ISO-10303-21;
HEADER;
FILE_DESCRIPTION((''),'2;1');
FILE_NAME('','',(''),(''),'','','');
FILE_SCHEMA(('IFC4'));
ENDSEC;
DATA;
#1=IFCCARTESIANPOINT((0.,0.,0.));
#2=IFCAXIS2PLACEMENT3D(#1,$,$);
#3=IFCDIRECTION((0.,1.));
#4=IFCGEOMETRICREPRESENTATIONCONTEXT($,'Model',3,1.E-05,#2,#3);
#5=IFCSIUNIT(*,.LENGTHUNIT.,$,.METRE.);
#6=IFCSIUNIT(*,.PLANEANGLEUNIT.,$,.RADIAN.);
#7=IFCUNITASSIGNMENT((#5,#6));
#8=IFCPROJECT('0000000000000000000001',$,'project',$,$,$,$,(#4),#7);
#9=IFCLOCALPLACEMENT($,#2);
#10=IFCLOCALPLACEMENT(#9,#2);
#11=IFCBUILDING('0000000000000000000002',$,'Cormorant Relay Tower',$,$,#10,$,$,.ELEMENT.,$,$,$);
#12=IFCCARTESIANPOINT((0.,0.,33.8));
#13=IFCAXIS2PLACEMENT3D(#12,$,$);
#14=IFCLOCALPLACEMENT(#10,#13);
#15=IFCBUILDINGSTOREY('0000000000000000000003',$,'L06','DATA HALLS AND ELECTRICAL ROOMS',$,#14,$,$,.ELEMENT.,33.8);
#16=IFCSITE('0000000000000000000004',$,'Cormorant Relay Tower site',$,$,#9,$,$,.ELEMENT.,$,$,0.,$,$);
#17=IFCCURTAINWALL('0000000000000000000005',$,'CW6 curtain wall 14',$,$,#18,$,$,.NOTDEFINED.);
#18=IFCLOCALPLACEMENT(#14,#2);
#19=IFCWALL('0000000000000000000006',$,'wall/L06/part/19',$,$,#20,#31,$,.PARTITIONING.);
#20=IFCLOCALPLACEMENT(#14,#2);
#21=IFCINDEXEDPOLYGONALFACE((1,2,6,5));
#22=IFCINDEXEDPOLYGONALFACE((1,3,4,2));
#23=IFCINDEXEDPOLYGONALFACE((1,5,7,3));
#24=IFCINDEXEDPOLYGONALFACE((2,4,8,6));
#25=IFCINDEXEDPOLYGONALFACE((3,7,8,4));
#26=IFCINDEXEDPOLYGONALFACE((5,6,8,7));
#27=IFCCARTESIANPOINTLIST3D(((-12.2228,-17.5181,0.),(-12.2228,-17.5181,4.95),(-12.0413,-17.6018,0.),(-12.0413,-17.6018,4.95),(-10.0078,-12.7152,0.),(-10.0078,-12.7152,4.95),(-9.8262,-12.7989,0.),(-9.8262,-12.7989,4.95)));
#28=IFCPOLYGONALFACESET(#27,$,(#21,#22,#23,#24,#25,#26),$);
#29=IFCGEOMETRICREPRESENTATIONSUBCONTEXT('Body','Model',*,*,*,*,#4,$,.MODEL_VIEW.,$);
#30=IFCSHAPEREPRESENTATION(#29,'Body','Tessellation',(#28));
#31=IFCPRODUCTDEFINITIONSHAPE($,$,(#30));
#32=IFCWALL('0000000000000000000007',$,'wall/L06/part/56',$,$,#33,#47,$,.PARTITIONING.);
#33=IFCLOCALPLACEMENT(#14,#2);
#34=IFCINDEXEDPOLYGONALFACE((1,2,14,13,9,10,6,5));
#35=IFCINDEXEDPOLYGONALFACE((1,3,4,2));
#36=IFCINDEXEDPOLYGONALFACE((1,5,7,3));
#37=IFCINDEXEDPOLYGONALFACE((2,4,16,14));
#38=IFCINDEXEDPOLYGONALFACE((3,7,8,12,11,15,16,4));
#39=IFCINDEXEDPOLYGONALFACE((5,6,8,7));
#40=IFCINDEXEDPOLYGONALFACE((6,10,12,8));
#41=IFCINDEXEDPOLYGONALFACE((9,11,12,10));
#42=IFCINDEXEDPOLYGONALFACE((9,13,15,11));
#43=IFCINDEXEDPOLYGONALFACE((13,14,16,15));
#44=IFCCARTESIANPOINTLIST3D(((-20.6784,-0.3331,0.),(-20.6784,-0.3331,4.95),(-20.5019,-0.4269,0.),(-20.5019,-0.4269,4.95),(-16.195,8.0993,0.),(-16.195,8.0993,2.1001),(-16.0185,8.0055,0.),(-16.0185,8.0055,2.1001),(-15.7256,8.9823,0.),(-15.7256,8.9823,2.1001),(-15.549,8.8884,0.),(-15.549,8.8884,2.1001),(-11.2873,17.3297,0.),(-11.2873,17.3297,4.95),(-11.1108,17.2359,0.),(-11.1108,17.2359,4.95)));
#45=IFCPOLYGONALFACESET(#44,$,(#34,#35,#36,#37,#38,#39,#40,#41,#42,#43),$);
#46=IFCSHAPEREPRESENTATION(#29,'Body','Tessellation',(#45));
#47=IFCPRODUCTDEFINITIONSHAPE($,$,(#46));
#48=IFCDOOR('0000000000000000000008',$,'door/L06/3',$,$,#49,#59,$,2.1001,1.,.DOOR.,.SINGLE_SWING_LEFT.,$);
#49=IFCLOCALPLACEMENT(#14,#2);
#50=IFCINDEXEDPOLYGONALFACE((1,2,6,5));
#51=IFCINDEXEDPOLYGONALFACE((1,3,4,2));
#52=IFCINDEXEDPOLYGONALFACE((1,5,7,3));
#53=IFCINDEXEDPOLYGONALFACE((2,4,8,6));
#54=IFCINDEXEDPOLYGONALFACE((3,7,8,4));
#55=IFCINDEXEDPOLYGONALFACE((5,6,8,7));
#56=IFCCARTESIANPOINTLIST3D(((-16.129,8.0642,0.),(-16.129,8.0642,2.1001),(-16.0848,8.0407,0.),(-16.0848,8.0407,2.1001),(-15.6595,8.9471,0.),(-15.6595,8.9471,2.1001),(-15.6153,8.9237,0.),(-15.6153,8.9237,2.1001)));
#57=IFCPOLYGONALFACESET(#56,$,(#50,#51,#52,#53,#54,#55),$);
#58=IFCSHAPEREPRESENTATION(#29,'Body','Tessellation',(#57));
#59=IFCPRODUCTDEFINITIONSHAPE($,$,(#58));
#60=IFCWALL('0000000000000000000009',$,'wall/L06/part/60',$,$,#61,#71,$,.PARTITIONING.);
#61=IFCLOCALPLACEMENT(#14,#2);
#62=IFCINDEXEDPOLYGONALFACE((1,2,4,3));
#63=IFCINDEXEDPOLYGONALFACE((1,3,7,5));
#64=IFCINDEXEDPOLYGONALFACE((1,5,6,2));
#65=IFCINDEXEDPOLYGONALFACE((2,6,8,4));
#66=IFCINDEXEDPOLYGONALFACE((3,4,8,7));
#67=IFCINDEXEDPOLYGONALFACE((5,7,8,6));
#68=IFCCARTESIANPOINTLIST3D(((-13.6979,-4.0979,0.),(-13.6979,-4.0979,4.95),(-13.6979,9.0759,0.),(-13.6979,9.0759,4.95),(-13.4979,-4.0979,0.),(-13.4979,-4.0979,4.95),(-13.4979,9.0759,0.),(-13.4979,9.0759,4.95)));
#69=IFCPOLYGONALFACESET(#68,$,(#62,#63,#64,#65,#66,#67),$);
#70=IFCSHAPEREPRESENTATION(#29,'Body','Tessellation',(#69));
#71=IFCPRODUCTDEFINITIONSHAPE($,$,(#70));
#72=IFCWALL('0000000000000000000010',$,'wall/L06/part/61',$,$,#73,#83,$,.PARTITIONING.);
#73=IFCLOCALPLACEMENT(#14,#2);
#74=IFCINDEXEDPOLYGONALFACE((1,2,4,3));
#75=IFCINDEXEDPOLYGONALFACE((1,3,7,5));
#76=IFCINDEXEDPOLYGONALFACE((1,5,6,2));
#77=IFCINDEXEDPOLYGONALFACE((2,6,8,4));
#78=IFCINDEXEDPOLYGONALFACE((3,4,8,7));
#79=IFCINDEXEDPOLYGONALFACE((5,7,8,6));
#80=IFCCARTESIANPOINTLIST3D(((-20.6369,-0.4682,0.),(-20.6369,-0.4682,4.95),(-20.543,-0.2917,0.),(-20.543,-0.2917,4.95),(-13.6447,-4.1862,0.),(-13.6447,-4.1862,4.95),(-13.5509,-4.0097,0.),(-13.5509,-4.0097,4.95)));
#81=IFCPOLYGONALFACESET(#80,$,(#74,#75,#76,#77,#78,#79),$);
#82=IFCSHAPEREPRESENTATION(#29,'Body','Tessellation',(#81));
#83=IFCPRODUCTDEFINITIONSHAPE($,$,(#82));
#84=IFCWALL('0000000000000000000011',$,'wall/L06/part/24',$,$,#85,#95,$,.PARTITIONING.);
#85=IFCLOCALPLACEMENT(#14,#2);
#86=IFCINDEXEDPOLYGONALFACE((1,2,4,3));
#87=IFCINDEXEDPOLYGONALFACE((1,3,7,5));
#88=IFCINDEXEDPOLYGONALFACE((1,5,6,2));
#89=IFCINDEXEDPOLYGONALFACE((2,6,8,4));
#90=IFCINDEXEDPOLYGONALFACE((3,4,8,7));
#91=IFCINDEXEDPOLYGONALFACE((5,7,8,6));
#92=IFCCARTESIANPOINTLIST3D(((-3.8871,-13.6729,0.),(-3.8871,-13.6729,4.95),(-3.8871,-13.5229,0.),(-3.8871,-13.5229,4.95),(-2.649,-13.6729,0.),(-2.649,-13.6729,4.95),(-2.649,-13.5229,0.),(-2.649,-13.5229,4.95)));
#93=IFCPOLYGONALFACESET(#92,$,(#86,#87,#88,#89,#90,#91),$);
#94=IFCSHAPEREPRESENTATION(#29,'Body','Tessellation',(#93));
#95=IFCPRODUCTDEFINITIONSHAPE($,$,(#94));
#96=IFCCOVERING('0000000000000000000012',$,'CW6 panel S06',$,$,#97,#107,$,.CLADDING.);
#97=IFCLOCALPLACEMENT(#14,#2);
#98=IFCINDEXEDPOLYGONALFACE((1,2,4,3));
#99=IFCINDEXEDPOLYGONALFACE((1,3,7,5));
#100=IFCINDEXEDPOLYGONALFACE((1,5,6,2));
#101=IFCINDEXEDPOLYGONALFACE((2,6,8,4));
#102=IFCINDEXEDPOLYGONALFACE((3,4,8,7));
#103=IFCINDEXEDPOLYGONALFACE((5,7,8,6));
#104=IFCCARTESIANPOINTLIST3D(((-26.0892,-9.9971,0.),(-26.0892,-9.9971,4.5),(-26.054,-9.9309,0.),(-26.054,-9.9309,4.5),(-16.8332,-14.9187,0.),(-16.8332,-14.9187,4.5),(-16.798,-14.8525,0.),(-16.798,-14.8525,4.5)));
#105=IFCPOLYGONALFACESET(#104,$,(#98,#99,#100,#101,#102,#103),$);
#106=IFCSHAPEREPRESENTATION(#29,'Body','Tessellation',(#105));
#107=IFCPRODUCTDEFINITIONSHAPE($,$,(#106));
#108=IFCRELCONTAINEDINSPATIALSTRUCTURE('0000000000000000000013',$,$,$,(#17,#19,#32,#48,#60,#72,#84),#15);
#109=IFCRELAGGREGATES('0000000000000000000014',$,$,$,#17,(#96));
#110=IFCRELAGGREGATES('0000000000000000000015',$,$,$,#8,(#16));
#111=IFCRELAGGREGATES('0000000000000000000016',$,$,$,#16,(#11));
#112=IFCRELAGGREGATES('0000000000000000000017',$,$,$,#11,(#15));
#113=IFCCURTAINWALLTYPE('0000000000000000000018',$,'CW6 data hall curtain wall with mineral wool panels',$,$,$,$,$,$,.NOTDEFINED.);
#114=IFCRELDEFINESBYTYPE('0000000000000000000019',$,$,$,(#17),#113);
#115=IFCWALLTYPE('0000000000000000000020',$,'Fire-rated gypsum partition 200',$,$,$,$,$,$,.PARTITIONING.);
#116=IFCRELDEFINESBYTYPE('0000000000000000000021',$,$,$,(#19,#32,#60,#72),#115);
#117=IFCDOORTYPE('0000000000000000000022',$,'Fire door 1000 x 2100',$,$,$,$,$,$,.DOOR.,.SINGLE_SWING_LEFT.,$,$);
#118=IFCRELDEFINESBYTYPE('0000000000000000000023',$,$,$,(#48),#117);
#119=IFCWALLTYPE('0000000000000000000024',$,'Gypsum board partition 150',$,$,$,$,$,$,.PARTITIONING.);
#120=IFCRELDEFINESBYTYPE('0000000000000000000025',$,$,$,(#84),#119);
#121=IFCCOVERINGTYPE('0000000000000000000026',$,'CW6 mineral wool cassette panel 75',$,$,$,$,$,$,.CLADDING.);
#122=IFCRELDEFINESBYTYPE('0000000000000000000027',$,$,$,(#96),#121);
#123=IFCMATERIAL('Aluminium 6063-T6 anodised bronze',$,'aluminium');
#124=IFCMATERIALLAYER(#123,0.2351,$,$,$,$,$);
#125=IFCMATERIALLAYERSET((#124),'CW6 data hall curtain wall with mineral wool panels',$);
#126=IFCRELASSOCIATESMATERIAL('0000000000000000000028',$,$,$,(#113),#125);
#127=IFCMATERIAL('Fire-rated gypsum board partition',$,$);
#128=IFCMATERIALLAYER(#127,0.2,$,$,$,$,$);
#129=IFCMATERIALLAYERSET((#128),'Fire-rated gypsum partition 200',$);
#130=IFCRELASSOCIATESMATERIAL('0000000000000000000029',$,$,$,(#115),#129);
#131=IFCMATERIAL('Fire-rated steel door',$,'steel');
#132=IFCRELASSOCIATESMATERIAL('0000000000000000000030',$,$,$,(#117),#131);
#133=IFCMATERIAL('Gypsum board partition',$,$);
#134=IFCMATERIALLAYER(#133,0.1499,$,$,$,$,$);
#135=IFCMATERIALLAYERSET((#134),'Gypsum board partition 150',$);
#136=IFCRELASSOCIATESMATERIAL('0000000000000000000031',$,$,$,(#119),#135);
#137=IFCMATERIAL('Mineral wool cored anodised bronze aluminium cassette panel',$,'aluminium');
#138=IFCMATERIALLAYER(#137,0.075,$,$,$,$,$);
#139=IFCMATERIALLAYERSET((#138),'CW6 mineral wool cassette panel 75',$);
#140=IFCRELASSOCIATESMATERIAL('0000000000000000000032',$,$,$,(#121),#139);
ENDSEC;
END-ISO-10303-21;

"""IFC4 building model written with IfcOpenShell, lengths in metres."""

from ifc_helpers import new_model, si_unit, direction, frame, frame_2d, origin, origin_2d, place, context, subcontext, project, spatial, rectangle, extrude, material, layer, layer_set, type_object, element, fill, aggregate, save


model = new_model("IFC4")

# Units and contexts
model_context = context("Model", 3, precision=1e-05, world=origin(), true_north=direction((0.0, 1.0)))
body_context = subcontext(model_context, "Body", "Model", "MODEL_VIEW")
ifc_project = project(units=[si_unit("LENGTHUNIT", "METRE"), si_unit("PLANEANGLEUNIT", "RADIAN")], contexts=[model_context])

# Site, building, storey
site_placement = place(None, origin())
site = spatial("IfcSite", under=ifc_project, at=site_placement, Name="Cormorant Relay Tower site", CompositionType="ELEMENT", RefElevation=0.0)
building_placement = place(site_placement, origin())
building = spatial("IfcBuilding", under=site, at=building_placement, Name="Cormorant Relay Tower", CompositionType="ELEMENT")
storey_placement = place(building_placement, frame((0.0, 0.0, 33.8)))
storey = spatial("IfcBuildingStorey", under=building, at=storey_placement, Name="L06", Description="DATA HALLS AND ELECTRICAL ROOMS", CompositionType="ELEMENT", Elevation=33.8)

# Curtain wall
ifc_material_1 = material(Name="Aluminium 6063-T6 anodised bronze", Category="aluminium")
ifc_layer_1 = layer(ifc_material_1, 0.2351)
ifc_layer_set_1 = layer_set([ifc_layer_1], Name="CW6 data hall curtain wall with mineral wool panels")
curtain_wall_type = type_object("IfcCurtainWallType", Name="CW6 data hall curtain wall with mineral wool panels", PredefinedType="NOTDEFINED", material=ifc_layer_set_1)
curtain_wall_placement = place(storey_placement, origin())
curtain_wall = element("IfcCurtainWall", 1, at=curtain_wall_placement, inside=storey, type_object=curtain_wall_type, Name="CW6 curtain wall 14", PredefinedType="NOTDEFINED")

# Shared definitions
ifc_material_2 = material(Name="Fire-rated gypsum board partition")
ifc_layer_2 = layer(ifc_material_2, 0.2)
ifc_layer_set_2 = layer_set([ifc_layer_2], Name="Fire-rated gypsum partition 200")
wall_type_1 = type_object("IfcWallType", Name="Fire-rated gypsum partition 200", PredefinedType="PARTITIONING", material=ifc_layer_set_2)
ifc_material_3 = material(Name="Fire-rated steel door", Category="steel")
door_type_1 = type_object("IfcDoorType", Name="Fire door 1000 x 2100", OperationType="SINGLE_SWING_LEFT", PredefinedType="DOOR", material=ifc_material_3)

# Wall
wall_1_placement = place(storey_placement, frame((-9.917, -12.7571, 0.0), z_axis=(0.0, 0.0, 1.0), x_axis=(-0.418798, -0.90808, 0.0)))
element("IfcWall", 2, at=wall_1_placement, inside=storey, type_object=wall_type_1, Name="wall/L06/part/19", PredefinedType="PARTITIONING", context=body_context, shape_type="SweptSolid", body=[
    extrude(rectangle(XDim=5.2891, YDim=0.2, at=frame_2d((2.6445, 0.0))), origin(), (0.0, 0.0, 1.0), 4.95),
])

# Wall, opening, door
wall_2_placement = place(storey_placement, frame((-20.5901, -0.3799, 0.0), z_axis=(0.0, 0.0, 1.0), x_axis=(0.469457, 0.882956, 0.0)))
wall_2 = element("IfcWall", 3, at=wall_2_placement, inside=storey, type_object=wall_type_1, Name="wall/L06/part/56", PredefinedType="PARTITIONING", context=body_context, shape_type="SweptSolid", body=[
    extrude(rectangle(XDim=20.0042, YDim=0.2, at=frame_2d((10.002, 0.0))), origin(), (0.0, 0.0, 1.0), 4.95),
])
opening_1_placement = place(wall_2_placement, frame((9.55, 0.0, 0.0)))
opening_1 = element("IfcOpeningElement", 4, at=opening_1_placement, cuts=wall_2, PredefinedType="OPENING", context=body_context, shape_type="SweptSolid", body=[
    extrude(rectangle(XDim=1.0, YDim=2.1001, at=frame_2d((0.5, 1.05))), frame((0.0, 0.1099, 0.0), z_axis=(0.0, -1.0, 0.0), x_axis=(1.0, 0.0, 0.0)), (0.0, 0.0, 1.0), 0.22),
])
door_1_placement = place(opening_1_placement, frame((1.0, 0.0, 0.0), z_axis=(0.0, 0.0, 1.0), x_axis=(-1.0, 0.0, 0.0)))
door_1 = element("IfcDoor", 5, at=door_1_placement, inside=storey, type_object=door_type_1, Name="door/L06/3", OperationType="SINGLE_SWING_LEFT", OverallHeight=2.1001, OverallWidth=1.0, PredefinedType="DOOR", context=body_context, shape_type="SweptSolid", body=[
    extrude(rectangle(XDim=1.0, YDim=2.1001, at=frame_2d((0.5, 1.05))), frame((0.0, 0.0249, 0.0), z_axis=(0.0, -1.0, 0.0), x_axis=(1.0, 0.0, 0.0)), (0.0, 0.0, 1.0), 0.05),
])
fill(opening_1, door_1)

# Walls
wall_3_placement = place(storey_placement, frame((-13.5979, 9.0759, 0.0), z_axis=(0.0, 0.0, 1.0), x_axis=(0.0, -1.0, 0.0)))
element("IfcWall", 6, at=wall_3_placement, inside=storey, type_object=wall_type_1, Name="wall/L06/part/60", PredefinedType="PARTITIONING", context=body_context, shape_type="SweptSolid", body=[
    extrude(rectangle(XDim=13.1738, YDim=0.2, at=frame_2d((6.5869, 0.0))), origin(), (0.0, 0.0, 1.0), 4.95),
])
wall_4_placement = place(storey_placement, frame((-13.5979, -4.0979, 0.0), z_axis=(0.0, 0.0, 1.0), x_axis=(-0.882937, 0.469492, 0.0)))
element("IfcWall", 7, at=wall_4_placement, inside=storey, type_object=wall_type_1, Name="wall/L06/part/61", PredefinedType="PARTITIONING", context=body_context, shape_type="SweptSolid", body=[
    extrude(rectangle(XDim=7.9192, YDim=0.2, at=frame_2d((3.9595, 0.0))), origin(), (0.0, 0.0, 1.0), 4.95),
])
ifc_material_4 = material(Name="Gypsum board partition")
ifc_layer_3 = layer(ifc_material_4, 0.1499)
ifc_layer_set_3 = layer_set([ifc_layer_3], Name="Gypsum board partition 150")
wall_type_2 = type_object("IfcWallType", Name="Gypsum board partition 150", PredefinedType="PARTITIONING", material=ifc_layer_set_3)
wall_5_placement = place(storey_placement, frame((-2.6489, -13.5979, 0.0), z_axis=(0.0, 0.0, 1.0), x_axis=(-1.0, 0.0, 0.0)))
element("IfcWall", 8, at=wall_5_placement, inside=storey, type_object=wall_type_2, Name="wall/L06/part/24", PredefinedType="PARTITIONING", context=body_context, shape_type="SweptSolid", body=[
    extrude(rectangle(XDim=1.238, YDim=0.1499, at=frame_2d((0.6191, 0.0))), origin(), (0.0, 0.0, 1.0), 4.95),
])

# Covering
ifc_material_5 = material(Name="Mineral wool cored anodised bronze aluminium cassette panel", Category="aluminium")
ifc_layer_4 = layer(ifc_material_5, 0.075)
ifc_layer_set_4 = layer_set([ifc_layer_4], Name="CW6 mineral wool cassette panel 75")
covering_type = type_object("IfcCoveringType", Name="CW6 mineral wool cassette panel 75", PredefinedType="CLADDING", material=ifc_layer_set_4)
covering_placement = place(storey_placement, frame((-21.4436, -12.4248, 0.0), z_axis=(0.0, 0.0, 1.0), x_axis=(0.882948, -0.469472, 0.0)))
covering = element("IfcCovering", 9, at=covering_placement, type_object=covering_type, Name="CW6 panel S06", PredefinedType="CLADDING", context=body_context, shape_type="SweptSolid", body=[
    extrude(rectangle(XDim=10.4832, YDim=0.075, at=origin_2d()), origin(), (0.0, 0.0, 1.0), 4.5),
])
aggregate(curtain_wall, [covering])

save(model, "model.ifc")
